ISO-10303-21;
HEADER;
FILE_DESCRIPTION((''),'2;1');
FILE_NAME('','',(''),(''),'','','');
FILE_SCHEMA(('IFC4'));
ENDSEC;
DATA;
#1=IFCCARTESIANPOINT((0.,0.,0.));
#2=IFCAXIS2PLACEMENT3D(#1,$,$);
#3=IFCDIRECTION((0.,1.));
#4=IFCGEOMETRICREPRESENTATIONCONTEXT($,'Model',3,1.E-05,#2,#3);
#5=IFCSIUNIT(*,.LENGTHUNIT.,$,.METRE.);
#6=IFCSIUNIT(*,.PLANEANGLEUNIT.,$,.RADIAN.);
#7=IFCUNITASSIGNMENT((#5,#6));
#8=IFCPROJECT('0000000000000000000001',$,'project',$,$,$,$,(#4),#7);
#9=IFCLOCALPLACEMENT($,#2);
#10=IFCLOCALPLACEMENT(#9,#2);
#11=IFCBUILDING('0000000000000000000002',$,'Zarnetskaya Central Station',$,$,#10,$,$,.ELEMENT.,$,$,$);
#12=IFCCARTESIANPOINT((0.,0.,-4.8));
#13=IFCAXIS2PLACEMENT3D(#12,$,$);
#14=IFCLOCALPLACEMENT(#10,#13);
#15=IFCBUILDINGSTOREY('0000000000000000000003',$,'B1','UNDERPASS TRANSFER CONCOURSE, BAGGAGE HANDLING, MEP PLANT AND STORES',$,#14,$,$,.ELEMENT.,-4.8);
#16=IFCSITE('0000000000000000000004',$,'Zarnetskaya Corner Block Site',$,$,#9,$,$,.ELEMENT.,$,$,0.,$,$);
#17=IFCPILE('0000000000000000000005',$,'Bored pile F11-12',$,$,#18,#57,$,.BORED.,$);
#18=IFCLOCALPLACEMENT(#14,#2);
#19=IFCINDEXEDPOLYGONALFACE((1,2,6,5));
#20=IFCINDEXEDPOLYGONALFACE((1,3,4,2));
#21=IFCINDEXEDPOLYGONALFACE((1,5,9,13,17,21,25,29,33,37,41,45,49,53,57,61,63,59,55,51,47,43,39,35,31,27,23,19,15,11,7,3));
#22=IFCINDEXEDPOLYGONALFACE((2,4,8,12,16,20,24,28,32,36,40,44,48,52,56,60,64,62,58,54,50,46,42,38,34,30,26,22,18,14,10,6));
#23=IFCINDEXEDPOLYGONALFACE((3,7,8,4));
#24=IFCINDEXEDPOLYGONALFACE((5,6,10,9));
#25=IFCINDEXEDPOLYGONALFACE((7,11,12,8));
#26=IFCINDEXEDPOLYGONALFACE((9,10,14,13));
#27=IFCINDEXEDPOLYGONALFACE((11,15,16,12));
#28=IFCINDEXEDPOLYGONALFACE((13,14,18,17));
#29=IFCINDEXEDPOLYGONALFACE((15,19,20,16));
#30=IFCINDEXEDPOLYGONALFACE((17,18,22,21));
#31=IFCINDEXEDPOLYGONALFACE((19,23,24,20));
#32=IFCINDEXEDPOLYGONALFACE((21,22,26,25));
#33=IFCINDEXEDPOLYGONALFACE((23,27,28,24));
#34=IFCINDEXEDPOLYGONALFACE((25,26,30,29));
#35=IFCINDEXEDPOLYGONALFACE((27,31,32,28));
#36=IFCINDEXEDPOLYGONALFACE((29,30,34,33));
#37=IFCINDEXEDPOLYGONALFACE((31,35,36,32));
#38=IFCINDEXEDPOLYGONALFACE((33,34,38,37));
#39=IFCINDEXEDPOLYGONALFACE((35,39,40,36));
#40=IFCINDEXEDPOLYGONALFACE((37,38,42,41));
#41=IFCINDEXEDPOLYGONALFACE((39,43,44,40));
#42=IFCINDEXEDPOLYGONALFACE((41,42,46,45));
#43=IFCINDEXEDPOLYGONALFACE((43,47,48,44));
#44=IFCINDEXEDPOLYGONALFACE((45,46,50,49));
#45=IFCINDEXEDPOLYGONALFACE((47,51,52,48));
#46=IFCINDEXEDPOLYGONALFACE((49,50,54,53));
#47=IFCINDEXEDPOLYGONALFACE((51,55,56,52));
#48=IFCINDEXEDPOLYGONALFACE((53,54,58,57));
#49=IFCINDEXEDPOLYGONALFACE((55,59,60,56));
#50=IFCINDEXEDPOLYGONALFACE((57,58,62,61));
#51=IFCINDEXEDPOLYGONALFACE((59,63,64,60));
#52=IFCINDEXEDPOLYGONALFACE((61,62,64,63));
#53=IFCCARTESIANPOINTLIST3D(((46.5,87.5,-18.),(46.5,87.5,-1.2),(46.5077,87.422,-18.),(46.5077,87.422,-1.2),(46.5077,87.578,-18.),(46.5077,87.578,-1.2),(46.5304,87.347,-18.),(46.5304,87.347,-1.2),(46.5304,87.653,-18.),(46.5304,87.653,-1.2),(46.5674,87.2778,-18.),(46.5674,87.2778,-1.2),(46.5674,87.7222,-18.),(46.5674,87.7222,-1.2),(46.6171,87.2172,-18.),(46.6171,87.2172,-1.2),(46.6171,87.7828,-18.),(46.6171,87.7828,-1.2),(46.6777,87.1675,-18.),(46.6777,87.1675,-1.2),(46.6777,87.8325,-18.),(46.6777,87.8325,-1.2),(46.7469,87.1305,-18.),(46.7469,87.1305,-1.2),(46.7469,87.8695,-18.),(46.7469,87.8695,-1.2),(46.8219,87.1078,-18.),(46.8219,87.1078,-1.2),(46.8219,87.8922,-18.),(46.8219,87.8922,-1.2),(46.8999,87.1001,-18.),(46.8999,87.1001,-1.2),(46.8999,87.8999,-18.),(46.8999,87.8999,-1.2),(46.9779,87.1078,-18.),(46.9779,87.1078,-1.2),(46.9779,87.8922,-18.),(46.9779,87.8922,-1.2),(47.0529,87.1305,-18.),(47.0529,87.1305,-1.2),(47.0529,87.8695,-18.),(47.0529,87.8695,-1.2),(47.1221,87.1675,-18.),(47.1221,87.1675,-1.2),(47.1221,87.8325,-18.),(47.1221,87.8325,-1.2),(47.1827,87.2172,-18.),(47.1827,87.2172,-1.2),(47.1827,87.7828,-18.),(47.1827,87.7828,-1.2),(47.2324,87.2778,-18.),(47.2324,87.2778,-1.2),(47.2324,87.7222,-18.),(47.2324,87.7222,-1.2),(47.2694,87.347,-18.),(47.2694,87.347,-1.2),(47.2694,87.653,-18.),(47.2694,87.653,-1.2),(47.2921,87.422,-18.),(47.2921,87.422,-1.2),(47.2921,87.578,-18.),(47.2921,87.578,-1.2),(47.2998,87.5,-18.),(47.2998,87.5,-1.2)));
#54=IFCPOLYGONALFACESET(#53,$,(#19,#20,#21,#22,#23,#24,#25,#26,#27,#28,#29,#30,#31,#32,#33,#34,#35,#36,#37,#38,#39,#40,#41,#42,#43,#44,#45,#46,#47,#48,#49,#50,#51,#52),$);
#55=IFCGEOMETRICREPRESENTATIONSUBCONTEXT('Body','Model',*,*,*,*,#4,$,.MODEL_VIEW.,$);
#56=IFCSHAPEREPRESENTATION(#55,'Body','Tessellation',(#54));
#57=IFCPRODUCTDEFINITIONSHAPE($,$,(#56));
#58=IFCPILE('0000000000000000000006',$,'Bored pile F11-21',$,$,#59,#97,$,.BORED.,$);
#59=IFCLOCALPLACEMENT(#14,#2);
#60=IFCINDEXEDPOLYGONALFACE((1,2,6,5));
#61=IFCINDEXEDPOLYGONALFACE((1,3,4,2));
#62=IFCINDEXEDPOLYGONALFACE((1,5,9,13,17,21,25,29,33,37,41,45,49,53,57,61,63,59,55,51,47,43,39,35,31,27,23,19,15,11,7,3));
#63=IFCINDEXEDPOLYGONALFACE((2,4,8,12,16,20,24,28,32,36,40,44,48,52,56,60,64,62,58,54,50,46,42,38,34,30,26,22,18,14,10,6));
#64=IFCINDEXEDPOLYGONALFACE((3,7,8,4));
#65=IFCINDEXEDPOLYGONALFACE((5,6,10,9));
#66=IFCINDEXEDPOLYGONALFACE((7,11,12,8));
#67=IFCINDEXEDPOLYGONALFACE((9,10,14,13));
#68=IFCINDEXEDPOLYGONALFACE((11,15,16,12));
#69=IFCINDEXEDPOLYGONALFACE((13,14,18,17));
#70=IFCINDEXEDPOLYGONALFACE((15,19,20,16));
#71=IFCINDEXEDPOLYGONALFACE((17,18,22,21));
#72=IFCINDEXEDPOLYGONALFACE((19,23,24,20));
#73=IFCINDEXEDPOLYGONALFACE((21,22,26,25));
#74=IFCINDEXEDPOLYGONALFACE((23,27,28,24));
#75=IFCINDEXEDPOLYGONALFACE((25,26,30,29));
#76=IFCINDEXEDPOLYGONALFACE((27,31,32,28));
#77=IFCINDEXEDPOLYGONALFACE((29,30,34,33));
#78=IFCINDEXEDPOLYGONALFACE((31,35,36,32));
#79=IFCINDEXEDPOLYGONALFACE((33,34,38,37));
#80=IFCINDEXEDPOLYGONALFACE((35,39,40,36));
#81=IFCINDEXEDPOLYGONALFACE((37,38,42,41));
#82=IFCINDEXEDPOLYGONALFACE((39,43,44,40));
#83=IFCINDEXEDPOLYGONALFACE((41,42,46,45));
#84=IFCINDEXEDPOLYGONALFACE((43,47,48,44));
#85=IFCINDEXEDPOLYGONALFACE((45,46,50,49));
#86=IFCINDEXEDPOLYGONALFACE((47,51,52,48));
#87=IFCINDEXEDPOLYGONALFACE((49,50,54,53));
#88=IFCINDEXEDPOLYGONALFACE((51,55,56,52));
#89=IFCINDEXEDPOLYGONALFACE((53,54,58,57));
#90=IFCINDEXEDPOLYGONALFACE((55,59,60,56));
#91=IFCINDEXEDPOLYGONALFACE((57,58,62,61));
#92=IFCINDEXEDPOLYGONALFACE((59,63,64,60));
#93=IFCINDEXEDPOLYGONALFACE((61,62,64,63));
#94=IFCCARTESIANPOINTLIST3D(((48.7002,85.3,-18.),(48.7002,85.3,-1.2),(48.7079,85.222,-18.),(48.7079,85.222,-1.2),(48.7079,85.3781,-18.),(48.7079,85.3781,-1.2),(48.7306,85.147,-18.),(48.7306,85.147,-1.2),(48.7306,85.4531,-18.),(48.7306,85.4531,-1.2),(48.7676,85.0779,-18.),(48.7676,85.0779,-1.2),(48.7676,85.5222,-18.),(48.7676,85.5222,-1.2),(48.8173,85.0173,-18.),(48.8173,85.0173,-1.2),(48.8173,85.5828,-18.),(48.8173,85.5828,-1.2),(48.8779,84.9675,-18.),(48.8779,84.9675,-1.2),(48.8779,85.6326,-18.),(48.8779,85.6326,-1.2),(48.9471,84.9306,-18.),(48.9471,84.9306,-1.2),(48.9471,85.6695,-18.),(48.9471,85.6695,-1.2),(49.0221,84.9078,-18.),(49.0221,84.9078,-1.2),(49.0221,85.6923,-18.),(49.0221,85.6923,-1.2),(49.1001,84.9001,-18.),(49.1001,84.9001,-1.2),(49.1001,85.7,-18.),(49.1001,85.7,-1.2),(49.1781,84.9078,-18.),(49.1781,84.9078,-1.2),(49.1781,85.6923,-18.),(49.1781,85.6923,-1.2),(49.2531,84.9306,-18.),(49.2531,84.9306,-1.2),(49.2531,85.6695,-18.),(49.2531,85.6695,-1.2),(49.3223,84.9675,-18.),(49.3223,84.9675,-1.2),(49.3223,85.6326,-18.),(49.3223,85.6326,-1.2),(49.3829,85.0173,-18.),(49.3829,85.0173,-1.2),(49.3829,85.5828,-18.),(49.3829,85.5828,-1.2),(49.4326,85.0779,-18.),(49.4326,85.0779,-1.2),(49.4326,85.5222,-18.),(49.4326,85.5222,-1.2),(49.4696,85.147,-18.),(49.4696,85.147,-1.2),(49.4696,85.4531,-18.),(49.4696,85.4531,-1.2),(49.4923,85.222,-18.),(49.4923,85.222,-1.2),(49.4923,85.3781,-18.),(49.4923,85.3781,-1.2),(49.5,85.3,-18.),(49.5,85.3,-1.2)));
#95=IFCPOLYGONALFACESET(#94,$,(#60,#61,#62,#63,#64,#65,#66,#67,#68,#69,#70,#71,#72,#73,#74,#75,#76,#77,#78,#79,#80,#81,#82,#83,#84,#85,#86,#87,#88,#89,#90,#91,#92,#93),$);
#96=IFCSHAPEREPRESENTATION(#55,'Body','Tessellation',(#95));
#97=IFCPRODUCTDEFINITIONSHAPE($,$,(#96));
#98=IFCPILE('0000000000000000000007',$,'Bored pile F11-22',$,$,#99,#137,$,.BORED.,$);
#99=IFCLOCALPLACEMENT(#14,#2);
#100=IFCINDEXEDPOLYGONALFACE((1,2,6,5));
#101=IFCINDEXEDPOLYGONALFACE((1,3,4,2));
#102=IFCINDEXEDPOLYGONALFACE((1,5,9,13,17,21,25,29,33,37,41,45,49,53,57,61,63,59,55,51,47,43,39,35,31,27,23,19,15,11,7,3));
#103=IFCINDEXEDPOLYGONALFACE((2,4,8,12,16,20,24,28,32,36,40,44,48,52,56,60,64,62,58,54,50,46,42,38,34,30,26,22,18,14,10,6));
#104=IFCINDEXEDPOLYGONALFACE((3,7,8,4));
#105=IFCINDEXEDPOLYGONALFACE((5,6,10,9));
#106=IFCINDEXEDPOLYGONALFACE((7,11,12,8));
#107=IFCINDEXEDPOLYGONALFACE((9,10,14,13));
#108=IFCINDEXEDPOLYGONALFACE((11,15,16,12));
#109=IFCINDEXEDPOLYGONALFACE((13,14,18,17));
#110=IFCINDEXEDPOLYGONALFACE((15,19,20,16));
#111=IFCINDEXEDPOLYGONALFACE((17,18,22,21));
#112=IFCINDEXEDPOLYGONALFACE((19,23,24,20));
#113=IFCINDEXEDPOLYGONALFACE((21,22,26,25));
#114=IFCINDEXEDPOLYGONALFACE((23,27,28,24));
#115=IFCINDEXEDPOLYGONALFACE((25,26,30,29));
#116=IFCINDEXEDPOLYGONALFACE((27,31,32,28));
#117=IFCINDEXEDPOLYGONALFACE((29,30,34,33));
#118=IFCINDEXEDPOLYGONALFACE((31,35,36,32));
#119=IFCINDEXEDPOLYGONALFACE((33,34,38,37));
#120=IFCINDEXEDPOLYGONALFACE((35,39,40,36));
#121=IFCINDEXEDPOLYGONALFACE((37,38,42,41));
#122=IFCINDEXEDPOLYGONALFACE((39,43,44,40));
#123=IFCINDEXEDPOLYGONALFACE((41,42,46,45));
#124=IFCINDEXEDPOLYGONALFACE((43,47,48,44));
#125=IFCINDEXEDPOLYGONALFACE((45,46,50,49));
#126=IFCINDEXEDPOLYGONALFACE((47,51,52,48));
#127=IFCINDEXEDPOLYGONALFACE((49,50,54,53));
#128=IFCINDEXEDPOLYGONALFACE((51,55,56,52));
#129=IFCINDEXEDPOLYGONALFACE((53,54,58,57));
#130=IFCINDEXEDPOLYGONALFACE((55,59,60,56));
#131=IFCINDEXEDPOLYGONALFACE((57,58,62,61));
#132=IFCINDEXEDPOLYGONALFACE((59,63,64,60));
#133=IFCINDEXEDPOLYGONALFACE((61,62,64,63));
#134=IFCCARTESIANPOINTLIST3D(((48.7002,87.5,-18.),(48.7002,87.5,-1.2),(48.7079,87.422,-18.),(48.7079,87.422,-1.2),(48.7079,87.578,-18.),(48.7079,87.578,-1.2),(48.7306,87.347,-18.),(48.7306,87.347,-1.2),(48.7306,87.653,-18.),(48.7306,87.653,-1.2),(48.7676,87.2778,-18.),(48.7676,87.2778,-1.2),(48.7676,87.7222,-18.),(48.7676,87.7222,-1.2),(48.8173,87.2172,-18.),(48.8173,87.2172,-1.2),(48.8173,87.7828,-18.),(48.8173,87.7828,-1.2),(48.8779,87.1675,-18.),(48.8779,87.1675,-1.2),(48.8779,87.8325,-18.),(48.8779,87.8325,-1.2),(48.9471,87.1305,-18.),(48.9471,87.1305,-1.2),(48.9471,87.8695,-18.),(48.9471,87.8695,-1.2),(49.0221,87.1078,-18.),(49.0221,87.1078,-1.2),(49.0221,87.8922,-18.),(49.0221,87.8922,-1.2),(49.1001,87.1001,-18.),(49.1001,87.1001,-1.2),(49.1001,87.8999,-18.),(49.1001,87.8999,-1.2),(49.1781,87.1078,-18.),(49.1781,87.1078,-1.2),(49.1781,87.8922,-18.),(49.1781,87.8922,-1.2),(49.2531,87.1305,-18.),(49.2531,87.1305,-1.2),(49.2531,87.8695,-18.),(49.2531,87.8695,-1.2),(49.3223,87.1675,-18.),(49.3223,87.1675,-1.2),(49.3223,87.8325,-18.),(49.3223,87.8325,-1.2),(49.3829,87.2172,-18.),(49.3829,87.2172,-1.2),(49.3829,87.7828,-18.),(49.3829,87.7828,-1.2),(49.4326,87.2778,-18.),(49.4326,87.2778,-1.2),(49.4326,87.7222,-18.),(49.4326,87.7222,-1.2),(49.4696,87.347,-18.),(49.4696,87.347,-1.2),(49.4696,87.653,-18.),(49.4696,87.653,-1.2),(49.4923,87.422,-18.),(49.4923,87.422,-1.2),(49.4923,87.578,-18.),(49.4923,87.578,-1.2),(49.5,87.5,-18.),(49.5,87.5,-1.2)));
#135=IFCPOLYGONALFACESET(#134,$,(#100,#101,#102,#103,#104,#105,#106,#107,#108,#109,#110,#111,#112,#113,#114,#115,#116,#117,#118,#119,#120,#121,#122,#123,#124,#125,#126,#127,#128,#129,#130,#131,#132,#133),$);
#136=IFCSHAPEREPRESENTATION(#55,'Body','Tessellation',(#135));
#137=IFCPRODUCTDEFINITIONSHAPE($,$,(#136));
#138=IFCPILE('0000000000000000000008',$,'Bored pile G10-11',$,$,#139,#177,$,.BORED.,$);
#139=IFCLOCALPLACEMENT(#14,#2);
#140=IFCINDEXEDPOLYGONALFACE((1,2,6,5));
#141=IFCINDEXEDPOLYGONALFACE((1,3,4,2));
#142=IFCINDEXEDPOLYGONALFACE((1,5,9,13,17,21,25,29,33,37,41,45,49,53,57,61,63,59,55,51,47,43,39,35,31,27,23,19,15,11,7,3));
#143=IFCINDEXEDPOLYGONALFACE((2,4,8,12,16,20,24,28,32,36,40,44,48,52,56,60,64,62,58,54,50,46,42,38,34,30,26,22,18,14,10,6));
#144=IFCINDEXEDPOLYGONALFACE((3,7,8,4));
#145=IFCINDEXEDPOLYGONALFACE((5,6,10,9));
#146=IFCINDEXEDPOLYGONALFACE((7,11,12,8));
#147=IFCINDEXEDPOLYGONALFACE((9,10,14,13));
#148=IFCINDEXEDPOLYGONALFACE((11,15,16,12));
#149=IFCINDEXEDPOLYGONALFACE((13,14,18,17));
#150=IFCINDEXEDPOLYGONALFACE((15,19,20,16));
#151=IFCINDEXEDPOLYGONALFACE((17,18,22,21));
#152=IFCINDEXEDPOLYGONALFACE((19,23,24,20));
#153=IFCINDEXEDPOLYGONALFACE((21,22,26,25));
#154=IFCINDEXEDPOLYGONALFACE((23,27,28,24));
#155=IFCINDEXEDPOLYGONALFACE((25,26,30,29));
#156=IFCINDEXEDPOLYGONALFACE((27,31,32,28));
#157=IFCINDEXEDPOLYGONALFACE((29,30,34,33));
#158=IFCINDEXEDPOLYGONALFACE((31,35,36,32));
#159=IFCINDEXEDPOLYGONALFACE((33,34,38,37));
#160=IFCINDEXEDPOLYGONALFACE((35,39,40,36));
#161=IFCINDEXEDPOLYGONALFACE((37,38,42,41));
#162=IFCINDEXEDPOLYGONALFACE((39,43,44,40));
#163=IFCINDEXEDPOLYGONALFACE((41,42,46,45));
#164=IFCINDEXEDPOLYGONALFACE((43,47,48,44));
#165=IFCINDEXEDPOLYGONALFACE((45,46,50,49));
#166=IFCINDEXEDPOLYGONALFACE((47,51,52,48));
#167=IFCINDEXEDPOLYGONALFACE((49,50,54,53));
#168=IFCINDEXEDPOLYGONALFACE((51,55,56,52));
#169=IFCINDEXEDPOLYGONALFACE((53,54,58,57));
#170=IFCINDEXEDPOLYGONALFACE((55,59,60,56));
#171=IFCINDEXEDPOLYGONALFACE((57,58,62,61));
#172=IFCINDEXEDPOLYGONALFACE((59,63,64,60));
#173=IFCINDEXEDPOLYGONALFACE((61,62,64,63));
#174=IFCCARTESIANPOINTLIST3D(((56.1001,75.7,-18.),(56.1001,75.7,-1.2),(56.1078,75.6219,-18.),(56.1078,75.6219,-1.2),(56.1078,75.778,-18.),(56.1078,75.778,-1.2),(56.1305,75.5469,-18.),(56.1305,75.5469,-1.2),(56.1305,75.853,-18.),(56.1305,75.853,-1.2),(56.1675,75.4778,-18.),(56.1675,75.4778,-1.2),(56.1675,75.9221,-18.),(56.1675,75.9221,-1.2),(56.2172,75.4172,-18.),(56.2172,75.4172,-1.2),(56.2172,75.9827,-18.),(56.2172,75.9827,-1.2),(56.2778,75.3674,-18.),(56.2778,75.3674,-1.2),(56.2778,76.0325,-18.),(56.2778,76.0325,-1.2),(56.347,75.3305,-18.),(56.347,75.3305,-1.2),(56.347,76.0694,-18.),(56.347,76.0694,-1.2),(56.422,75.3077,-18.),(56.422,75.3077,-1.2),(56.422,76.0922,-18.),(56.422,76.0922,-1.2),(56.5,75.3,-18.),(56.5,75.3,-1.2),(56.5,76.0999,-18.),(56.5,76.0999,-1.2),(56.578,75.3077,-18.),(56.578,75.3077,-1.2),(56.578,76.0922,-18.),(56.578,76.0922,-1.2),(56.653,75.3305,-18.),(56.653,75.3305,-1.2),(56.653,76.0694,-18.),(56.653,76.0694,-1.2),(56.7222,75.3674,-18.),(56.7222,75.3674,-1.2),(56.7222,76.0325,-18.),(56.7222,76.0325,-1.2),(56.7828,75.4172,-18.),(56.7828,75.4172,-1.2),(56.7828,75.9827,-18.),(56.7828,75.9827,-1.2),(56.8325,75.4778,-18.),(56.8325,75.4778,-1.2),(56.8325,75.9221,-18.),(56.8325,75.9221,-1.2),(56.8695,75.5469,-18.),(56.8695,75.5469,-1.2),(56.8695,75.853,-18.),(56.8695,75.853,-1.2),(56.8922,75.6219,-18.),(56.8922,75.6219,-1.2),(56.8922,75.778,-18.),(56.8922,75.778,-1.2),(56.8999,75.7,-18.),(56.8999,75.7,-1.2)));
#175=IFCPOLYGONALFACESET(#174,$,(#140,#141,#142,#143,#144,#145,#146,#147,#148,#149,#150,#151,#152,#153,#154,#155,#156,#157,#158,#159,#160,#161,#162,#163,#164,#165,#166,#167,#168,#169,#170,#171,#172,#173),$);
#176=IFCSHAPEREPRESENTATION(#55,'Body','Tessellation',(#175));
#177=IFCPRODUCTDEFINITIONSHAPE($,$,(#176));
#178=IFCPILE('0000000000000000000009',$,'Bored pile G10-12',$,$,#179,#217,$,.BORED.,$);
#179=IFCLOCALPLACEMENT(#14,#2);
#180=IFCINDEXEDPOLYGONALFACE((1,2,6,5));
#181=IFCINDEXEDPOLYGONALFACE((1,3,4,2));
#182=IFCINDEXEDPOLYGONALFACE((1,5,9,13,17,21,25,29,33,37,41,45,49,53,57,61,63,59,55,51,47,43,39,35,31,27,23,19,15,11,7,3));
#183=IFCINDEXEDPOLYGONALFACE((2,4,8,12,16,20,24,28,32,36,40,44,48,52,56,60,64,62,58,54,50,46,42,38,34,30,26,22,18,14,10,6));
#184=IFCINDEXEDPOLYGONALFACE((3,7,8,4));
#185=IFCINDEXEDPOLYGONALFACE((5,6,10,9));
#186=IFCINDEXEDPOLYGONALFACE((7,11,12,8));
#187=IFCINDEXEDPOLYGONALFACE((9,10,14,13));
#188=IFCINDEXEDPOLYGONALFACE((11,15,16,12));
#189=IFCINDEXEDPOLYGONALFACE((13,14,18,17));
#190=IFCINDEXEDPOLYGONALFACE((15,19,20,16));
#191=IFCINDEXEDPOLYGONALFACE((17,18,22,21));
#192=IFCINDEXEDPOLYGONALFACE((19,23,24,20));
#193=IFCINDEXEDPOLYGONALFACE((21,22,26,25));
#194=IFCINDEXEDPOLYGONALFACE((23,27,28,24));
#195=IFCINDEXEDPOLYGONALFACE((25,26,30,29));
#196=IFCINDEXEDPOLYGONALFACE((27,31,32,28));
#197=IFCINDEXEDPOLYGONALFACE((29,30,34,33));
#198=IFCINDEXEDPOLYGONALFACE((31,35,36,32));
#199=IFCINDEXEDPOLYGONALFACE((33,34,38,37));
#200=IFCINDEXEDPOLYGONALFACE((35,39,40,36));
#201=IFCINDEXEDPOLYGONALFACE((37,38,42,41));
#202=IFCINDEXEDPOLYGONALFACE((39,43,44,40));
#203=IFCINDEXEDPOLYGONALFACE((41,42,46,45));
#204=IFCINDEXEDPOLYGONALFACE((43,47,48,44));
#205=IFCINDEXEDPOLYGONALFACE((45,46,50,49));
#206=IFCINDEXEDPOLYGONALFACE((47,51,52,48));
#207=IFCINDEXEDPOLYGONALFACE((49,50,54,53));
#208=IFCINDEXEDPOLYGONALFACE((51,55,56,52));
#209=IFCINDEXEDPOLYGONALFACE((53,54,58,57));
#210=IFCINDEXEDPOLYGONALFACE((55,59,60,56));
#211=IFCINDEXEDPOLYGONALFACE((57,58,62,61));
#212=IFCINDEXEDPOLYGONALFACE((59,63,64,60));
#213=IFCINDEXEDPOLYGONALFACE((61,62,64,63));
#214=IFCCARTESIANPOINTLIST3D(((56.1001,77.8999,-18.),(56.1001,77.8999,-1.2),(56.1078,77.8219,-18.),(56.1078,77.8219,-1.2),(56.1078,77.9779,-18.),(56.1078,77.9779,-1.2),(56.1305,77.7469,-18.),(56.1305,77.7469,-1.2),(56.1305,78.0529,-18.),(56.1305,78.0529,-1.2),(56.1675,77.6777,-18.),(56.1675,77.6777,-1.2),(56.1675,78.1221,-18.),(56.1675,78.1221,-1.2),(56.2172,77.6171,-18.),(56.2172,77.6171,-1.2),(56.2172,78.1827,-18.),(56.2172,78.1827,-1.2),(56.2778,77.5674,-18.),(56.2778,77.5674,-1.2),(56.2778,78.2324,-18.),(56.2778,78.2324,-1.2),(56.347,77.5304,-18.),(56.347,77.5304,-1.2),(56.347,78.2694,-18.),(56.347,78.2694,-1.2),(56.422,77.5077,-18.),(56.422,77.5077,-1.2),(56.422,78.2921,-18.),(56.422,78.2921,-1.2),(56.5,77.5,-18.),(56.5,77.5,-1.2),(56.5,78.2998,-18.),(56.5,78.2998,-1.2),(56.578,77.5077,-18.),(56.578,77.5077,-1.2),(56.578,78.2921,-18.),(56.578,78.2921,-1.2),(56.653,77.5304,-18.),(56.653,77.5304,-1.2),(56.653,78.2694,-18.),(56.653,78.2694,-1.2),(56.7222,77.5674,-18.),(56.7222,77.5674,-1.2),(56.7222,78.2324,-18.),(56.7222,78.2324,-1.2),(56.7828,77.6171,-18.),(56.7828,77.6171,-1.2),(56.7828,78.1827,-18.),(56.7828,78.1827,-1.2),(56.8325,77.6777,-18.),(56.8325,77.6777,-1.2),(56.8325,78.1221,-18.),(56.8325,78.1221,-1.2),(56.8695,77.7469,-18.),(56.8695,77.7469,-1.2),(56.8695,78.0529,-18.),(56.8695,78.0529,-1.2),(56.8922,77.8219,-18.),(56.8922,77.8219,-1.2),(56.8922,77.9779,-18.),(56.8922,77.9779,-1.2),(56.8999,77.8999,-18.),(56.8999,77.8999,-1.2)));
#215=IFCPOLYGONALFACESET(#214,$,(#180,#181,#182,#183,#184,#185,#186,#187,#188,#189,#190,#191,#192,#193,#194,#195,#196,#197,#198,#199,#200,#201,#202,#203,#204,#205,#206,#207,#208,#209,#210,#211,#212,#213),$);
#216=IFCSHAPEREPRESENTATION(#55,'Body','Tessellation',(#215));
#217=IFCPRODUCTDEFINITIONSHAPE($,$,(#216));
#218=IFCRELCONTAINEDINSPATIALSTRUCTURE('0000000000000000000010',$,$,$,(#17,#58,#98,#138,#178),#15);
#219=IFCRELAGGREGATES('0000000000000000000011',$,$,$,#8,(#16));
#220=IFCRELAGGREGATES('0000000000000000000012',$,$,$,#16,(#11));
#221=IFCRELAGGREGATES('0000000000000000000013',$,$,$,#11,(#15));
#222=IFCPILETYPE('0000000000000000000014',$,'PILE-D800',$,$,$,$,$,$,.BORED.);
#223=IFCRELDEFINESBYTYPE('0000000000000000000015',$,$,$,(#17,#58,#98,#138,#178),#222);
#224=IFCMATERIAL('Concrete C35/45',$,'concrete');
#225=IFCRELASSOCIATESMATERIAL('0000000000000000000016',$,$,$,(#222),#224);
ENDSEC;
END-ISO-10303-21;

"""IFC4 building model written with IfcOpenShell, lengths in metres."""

from ifc_helpers import new_model, si_unit, direction, frame, origin, origin_2d, place, context, subcontext, project, spatial, circle, extrude, material, material_profile, profile_set, type_object, element, save


model = new_model("IFC4")

# Units and contexts
model_context = context("Model", 3, precision=1e-05, world=origin(), true_north=direction((0.0, 1.0)))
body_context = subcontext(model_context, "Body", "Model", "MODEL_VIEW")
ifc_project = project(units=[si_unit("LENGTHUNIT", "METRE"), si_unit("PLANEANGLEUNIT", "RADIAN")], contexts=[model_context])

# Site, building, storey
site_placement = place(None, origin())
site = spatial("IfcSite", under=ifc_project, at=site_placement, Name="Zarnetskaya Corner Block Site", CompositionType="ELEMENT", RefElevation=0.0)
building_placement = place(site_placement, origin())
building = spatial("IfcBuilding", under=site, at=building_placement, Name="Zarnetskaya Central Station", CompositionType="ELEMENT")
storey_placement = place(building_placement, frame((0.0, 0.0, -4.8)))
storey = spatial("IfcBuildingStorey", under=building, at=storey_placement, Name="B1", Description="UNDERPASS TRANSFER CONCOURSE, BAGGAGE HANDLING, MEP PLANT AND STORES", CompositionType="ELEMENT", Elevation=-4.8)

# Shared definitions
ifc_material = material(Name="Concrete C35/45", Category="concrete")

# Piles
ifc_material_profile_1 = material_profile(ifc_material, circle(Radius=0.3999, at=origin_2d()), Name="BORED PILE D800")
ifc_profile_set_1 = profile_set([ifc_material_profile_1], Name="Concrete C35/45")
pile_type_1 = type_object("IfcPileType", Name="PILE-D800", PredefinedType="BORED", material=ifc_profile_set_1)
for number, where, z_axis, x_axis, name in (
    (1, (46.8999, 87.5, -1.2), (0.0, 0.0, -1.0), (1.0, 0.0, 0.0), "Bored pile F11-12"),
    (2, (49.1001, 85.3, -1.2), (0.0, 0.0, -1.0), (1.0, 0.0, 0.0), "Bored pile F11-21"),
    (3, (49.1001, 87.5, -1.2), (0.0, 0.0, -1.0), (1.0, 0.0, 0.0), "Bored pile F11-22"),
    (4, (56.5, 75.7, -1.2), (0.0, 0.0, -1.0), (1.0, 0.0, 0.0), "Bored pile G10-11"),
    (5, (56.5, 77.8999, -1.2), (0.0, 0.0, -1.0), (1.0, 0.0, 0.0), "Bored pile G10-12"),
):
    element("IfcPile", number, at=place(storey_placement, frame(where, z_axis=z_axis, x_axis=x_axis)), inside=storey, type_object=pile_type_1, Name=name, PredefinedType="BORED", context=body_context, shape_type="SweptSolid", body=[
        extrude(circle(Radius=0.3999, at=origin_2d()), origin(), (0.0, 0.0, 1.0), 16.8),
    ])

save(model, "model.ifc")
